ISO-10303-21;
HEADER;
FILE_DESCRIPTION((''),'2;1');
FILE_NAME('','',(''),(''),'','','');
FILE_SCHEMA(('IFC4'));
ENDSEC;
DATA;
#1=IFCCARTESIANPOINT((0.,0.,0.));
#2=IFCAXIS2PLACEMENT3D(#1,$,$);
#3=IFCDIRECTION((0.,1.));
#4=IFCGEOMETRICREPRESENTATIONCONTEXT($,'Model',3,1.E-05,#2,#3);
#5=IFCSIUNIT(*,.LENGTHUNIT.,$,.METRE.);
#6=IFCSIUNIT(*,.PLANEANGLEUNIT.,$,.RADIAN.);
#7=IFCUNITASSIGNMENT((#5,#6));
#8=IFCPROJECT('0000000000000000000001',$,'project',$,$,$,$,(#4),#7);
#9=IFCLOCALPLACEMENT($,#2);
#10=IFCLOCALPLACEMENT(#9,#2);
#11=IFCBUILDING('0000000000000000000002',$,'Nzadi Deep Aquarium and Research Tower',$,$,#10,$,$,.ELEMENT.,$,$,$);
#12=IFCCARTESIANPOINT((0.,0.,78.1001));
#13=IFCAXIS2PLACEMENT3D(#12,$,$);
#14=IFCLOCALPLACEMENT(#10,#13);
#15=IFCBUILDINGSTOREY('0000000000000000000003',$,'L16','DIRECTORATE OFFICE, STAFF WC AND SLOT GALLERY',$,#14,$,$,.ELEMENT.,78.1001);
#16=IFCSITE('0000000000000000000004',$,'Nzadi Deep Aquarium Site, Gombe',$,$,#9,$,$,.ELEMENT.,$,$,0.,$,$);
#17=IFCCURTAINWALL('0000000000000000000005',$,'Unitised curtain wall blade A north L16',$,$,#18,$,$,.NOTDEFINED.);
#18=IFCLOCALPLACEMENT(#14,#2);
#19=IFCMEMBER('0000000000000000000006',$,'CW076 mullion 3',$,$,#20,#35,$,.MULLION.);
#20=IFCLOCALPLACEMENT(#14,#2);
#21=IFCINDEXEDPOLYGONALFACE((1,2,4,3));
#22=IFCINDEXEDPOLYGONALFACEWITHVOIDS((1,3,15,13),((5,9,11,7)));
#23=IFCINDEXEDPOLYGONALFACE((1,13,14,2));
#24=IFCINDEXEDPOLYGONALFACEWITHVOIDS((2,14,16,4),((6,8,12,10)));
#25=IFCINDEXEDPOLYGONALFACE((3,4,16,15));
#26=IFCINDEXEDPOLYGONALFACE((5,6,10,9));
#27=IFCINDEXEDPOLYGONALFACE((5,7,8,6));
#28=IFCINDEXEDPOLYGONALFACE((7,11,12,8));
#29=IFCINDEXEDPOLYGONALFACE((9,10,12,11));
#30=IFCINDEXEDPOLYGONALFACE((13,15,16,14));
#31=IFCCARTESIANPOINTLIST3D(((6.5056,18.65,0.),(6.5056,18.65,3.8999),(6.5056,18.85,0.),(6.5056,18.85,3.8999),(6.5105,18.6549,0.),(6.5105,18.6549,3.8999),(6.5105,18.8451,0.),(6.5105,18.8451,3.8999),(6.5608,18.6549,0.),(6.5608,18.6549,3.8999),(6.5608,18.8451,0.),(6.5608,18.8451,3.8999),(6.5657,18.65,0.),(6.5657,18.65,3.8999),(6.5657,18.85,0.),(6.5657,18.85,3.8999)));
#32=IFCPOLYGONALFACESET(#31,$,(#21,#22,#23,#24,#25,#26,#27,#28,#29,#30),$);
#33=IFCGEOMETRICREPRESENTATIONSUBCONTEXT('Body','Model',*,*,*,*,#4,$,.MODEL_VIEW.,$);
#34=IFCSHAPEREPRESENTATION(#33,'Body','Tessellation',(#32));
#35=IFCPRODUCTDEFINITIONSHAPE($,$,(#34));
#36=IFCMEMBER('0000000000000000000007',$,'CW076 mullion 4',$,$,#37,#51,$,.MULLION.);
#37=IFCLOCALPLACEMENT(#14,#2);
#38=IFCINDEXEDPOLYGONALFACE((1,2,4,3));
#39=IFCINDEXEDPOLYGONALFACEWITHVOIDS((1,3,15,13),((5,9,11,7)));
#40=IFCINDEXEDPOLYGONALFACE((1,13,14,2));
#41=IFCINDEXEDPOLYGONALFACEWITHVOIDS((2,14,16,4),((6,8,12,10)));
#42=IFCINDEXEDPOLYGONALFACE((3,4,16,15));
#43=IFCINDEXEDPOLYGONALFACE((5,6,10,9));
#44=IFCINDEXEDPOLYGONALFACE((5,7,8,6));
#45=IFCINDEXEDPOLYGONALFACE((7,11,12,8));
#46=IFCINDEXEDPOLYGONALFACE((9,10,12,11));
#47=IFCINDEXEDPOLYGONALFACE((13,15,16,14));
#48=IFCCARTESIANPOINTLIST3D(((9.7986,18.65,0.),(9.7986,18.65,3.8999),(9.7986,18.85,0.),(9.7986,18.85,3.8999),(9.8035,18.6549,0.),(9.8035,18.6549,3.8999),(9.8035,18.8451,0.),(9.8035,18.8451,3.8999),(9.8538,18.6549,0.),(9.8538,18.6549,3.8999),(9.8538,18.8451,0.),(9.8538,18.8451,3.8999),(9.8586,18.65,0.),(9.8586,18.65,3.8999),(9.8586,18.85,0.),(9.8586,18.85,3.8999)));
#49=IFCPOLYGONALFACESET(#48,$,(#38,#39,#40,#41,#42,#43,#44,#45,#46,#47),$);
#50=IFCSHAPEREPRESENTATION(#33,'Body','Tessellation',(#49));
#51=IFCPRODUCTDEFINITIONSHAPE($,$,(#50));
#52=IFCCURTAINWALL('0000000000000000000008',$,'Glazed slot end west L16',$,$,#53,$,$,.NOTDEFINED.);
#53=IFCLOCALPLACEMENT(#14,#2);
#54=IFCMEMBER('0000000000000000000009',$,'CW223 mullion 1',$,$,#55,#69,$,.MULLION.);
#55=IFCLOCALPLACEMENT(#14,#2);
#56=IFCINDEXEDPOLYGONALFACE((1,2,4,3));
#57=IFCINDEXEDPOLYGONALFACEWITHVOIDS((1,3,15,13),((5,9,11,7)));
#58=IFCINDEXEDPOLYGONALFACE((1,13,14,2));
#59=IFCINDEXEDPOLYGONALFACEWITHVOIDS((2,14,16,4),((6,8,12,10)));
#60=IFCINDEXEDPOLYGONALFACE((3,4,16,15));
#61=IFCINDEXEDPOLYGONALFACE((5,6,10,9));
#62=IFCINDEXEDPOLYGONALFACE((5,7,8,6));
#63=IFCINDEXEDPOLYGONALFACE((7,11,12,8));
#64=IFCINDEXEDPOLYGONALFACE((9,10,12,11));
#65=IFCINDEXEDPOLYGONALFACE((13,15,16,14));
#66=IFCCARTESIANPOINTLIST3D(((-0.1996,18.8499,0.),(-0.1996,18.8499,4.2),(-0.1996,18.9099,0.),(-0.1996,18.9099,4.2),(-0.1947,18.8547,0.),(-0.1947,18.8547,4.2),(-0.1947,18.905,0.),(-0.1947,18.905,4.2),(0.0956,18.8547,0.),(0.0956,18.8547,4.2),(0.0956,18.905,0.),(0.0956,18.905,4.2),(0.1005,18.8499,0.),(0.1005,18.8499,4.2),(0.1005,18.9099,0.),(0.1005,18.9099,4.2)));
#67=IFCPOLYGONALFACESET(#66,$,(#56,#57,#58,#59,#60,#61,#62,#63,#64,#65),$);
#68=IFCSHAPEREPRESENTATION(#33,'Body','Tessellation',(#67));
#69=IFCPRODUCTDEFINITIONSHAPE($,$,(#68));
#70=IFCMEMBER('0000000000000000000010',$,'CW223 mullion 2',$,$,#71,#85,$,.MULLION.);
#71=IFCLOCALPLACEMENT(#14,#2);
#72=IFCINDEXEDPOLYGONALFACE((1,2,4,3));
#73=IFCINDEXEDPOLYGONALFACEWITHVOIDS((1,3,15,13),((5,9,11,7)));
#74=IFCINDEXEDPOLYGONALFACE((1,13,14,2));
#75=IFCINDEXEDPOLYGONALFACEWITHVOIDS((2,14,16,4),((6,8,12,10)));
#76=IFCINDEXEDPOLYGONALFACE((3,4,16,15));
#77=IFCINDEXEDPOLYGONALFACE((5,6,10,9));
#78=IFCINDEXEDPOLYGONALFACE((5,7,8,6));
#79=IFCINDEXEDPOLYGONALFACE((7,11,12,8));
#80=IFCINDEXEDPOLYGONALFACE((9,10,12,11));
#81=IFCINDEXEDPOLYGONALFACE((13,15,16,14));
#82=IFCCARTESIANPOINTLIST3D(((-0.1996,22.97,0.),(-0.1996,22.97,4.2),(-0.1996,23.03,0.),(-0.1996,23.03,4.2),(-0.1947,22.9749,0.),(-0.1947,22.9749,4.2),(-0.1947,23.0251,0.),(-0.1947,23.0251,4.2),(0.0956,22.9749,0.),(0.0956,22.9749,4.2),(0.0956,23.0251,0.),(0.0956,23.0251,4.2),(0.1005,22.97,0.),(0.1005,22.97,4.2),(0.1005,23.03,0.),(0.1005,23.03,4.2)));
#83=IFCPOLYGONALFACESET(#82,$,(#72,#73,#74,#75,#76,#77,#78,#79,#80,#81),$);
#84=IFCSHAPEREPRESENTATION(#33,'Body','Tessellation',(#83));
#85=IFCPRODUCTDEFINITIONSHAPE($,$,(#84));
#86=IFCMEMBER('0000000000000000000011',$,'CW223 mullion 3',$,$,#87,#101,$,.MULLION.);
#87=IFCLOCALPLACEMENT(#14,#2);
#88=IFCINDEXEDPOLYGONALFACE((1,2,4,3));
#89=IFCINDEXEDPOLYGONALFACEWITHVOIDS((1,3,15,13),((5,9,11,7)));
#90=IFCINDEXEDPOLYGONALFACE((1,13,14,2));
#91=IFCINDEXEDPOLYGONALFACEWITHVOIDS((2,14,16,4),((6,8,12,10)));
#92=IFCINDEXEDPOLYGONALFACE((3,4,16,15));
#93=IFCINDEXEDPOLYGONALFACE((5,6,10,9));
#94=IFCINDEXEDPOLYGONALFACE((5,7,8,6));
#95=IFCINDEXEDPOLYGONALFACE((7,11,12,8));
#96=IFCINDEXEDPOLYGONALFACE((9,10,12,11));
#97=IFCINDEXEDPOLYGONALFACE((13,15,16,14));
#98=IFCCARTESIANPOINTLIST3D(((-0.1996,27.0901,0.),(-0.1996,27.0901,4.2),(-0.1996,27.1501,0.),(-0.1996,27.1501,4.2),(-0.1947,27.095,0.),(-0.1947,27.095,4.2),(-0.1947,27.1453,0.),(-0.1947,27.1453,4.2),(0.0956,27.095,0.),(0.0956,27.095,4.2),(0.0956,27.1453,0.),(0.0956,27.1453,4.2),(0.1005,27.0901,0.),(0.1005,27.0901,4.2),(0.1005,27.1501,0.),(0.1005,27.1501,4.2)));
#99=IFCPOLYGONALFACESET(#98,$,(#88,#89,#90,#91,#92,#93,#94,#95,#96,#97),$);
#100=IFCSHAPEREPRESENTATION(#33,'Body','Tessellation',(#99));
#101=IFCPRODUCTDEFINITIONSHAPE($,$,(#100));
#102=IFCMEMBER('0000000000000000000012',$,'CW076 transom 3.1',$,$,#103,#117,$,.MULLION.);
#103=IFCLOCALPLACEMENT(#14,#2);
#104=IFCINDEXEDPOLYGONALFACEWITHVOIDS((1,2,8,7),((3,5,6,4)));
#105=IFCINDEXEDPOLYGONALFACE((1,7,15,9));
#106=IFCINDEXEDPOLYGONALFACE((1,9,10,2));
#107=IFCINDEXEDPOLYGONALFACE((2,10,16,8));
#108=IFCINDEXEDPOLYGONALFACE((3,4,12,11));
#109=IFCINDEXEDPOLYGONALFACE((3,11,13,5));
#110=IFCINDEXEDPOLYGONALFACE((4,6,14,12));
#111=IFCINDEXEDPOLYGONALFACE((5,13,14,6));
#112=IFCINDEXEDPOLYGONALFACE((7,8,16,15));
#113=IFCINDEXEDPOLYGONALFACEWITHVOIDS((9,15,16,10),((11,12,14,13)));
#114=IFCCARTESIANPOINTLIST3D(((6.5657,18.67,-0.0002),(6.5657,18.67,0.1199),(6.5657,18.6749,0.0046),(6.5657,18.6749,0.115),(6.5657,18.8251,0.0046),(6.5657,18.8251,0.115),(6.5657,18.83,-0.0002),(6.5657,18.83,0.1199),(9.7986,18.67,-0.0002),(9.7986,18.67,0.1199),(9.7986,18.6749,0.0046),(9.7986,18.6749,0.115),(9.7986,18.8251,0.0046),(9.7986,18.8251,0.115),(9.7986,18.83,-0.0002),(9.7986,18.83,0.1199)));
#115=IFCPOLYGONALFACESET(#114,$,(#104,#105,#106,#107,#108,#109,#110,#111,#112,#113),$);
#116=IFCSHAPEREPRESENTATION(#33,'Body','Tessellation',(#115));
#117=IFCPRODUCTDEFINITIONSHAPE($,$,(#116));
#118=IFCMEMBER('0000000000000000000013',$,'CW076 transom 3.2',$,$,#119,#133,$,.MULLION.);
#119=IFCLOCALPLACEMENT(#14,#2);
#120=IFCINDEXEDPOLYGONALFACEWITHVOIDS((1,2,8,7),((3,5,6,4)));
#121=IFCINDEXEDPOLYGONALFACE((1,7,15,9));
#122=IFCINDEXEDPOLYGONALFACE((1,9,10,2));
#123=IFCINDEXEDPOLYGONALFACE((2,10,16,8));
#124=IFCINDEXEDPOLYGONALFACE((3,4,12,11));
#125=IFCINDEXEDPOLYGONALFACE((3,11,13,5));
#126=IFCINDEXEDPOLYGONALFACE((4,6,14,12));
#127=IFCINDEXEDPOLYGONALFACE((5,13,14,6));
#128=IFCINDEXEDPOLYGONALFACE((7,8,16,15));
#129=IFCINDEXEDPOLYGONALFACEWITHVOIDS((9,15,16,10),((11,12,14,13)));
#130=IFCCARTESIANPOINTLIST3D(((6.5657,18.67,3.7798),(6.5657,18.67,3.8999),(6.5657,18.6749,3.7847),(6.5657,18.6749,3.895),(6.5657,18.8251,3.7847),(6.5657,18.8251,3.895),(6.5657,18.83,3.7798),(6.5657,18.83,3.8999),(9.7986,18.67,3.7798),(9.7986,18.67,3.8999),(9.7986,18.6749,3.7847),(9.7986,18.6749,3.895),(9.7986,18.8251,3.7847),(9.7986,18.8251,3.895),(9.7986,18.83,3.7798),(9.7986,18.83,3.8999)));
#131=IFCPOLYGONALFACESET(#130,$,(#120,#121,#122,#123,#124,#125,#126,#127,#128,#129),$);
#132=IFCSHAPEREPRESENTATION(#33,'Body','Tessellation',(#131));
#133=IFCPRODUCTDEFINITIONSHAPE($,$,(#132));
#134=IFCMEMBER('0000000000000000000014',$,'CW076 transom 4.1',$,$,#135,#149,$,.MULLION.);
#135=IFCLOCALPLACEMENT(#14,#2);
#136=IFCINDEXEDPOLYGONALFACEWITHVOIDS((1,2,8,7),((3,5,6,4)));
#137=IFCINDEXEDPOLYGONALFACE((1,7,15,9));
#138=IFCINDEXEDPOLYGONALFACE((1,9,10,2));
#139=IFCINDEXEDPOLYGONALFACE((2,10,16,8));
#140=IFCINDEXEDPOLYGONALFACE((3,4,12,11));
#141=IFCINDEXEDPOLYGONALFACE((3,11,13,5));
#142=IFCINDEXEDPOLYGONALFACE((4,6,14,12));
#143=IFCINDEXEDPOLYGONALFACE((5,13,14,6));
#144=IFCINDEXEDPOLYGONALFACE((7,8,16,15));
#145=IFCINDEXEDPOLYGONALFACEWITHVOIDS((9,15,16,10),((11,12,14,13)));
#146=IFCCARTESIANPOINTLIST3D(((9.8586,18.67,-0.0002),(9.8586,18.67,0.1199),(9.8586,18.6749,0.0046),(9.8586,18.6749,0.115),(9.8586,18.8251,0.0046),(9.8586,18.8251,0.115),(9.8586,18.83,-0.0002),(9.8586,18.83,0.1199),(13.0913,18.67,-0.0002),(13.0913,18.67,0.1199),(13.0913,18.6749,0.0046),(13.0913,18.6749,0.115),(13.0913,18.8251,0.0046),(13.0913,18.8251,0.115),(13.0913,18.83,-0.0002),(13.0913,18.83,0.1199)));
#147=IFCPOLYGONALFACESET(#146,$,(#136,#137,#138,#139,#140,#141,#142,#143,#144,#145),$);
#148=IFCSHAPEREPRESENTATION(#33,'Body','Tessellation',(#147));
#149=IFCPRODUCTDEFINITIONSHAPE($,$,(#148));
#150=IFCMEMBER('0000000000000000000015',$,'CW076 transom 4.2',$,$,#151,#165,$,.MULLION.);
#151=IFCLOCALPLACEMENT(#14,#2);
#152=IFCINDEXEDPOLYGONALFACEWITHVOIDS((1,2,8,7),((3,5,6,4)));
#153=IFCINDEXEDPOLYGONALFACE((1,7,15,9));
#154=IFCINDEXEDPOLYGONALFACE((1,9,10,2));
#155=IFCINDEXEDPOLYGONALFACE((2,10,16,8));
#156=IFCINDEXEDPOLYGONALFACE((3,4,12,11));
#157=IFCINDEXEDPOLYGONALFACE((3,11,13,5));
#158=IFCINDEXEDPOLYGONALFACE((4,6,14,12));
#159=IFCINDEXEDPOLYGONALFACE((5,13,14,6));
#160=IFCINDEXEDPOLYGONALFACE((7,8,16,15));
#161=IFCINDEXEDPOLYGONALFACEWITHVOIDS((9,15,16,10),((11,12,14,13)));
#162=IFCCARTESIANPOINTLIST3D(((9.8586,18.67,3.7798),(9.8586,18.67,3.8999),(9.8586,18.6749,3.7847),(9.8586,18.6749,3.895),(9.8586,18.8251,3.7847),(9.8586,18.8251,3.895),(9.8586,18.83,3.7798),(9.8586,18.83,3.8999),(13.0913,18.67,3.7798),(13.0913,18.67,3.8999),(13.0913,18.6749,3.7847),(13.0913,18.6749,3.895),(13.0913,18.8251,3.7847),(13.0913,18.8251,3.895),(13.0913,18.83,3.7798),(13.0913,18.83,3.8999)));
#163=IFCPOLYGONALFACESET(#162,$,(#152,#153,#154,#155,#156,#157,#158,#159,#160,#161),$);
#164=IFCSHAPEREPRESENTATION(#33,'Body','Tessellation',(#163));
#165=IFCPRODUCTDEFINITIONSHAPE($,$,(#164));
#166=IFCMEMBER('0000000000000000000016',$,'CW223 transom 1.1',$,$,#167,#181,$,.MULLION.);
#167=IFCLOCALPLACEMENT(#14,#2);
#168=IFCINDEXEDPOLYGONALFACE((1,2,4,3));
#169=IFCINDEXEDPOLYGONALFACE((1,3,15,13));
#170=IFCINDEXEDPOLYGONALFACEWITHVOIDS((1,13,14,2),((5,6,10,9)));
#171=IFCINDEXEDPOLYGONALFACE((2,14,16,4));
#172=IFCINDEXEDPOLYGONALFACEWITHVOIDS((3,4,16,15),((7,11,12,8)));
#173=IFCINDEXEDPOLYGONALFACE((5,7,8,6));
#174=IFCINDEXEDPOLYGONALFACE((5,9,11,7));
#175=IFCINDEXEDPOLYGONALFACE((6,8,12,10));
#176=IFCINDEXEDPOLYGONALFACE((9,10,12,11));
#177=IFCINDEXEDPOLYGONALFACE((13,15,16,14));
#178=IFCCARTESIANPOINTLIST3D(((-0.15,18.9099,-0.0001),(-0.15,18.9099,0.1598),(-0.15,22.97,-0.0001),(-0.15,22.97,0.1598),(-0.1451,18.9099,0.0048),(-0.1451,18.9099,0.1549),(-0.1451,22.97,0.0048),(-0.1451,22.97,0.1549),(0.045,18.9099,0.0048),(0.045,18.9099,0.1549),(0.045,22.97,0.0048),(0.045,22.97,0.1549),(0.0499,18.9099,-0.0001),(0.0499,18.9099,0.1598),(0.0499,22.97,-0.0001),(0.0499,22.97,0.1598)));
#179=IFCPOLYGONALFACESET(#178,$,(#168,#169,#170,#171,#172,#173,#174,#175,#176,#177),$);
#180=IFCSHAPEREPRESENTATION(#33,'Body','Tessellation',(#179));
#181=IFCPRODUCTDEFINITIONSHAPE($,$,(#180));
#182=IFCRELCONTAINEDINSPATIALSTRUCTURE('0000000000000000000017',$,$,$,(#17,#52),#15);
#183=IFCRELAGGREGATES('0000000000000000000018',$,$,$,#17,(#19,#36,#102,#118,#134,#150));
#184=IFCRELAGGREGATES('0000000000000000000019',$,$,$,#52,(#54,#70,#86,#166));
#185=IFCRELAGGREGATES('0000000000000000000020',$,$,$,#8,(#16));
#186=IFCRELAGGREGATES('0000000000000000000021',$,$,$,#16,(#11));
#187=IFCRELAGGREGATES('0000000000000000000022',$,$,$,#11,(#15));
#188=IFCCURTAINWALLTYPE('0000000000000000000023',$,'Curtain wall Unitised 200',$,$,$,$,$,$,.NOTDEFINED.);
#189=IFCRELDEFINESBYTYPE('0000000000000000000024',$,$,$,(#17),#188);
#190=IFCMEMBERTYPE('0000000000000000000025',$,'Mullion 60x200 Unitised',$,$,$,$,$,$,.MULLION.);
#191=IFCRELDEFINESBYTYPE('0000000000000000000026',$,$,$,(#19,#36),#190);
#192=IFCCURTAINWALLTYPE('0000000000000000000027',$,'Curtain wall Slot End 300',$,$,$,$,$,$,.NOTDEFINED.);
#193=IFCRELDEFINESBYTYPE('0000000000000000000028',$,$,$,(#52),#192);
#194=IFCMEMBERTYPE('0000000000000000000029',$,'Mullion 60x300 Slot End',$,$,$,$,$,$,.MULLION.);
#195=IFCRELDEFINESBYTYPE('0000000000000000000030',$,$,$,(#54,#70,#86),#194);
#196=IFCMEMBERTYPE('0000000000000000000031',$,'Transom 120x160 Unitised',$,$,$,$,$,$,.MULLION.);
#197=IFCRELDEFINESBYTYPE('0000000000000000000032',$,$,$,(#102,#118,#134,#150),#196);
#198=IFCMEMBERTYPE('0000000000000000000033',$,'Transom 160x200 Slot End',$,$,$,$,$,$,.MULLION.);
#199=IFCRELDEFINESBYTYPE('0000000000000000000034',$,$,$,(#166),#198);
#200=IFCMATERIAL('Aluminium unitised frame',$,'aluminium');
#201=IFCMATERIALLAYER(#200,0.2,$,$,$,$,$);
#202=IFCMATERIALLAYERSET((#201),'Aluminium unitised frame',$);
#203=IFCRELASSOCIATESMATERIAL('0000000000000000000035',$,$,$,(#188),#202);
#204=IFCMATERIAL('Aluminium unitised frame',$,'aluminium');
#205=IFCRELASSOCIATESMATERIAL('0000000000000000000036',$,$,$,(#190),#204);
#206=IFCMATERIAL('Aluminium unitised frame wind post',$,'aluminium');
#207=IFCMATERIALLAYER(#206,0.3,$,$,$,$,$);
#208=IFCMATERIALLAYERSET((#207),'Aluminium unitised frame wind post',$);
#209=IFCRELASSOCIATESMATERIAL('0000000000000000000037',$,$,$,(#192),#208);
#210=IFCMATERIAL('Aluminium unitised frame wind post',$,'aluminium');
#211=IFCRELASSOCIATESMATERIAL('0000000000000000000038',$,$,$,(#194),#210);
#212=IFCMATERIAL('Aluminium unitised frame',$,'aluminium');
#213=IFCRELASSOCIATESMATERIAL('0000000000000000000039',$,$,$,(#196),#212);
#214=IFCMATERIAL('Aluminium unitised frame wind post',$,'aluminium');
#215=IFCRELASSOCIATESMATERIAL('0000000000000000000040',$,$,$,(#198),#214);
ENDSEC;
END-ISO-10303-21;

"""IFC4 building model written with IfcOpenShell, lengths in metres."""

from ifc_helpers import new_model, si_unit, direction, frame, origin, origin_2d, place, context, subcontext, project, spatial, hollow_rectangle, extrude, material, layer, layer_set, material_profile, profile_set, type_object, element, aggregate, save


model = new_model("IFC4")

# Units and contexts
model_context = context("Model", 3, precision=1e-05, world=origin(), true_north=direction((0.0, 1.0)))
body_context = subcontext(model_context, "Body", "Model", "MODEL_VIEW")
ifc_project = project(units=[si_unit("LENGTHUNIT", "METRE"), si_unit("PLANEANGLEUNIT", "RADIAN")], contexts=[model_context])

# Site, building, storey
site_placement = place(None, origin())
site = spatial("IfcSite", under=ifc_project, at=site_placement, Name="Nzadi Deep Aquarium Site, Gombe", CompositionType="ELEMENT", RefElevation=0.0)
building_placement = place(site_placement, origin())
building = spatial("IfcBuilding", under=site, at=building_placement, Name="Nzadi Deep Aquarium and Research Tower", CompositionType="ELEMENT")
storey_placement = place(building_placement, frame((0.0, 0.0, 78.1001)))
storey = spatial("IfcBuildingStorey", under=building, at=storey_placement, Name="L16", Description="DIRECTORATE OFFICE, STAFF WC AND SLOT GALLERY", CompositionType="ELEMENT", Elevation=78.1001)

# Curtain walls, members
ifc_material_1 = material(Name="Aluminium unitised frame", Category="aluminium")
ifc_layer_1 = layer(ifc_material_1, 0.2)
ifc_layer_set_1 = layer_set([ifc_layer_1], Name="Aluminium unitised frame")
curtain_wall_type_1 = type_object("IfcCurtainWallType", Name="Curtain wall Unitised 200", PredefinedType="NOTDEFINED", material=ifc_layer_set_1)
curtain_wall_1_placement = place(storey_placement, origin())
curtain_wall_1 = element("IfcCurtainWall", 1, at=curtain_wall_1_placement, inside=storey, type_object=curtain_wall_type_1, Name="Unitised curtain wall blade A north L16", PredefinedType="NOTDEFINED")
ifc_material_2 = material(Name="Aluminium unitised frame", Category="aluminium")
ifc_material_profile_1 = material_profile(ifc_material_2, hollow_rectangle(XDim=0.2, YDim=0.0601, WallThickness=0.0049, at=origin_2d()))
ifc_profile_set_1 = profile_set([ifc_material_profile_1], Name="Aluminium unitised frame")
member_type_1 = type_object("IfcMemberType", Name="Mullion 60x200 Unitised", PredefinedType="MULLION", material=ifc_profile_set_1)
member_1_placement = place(storey_placement, frame((6.5356, 18.75, 0.0), z_axis=(0.0, 0.0, 1.0), x_axis=(0.0, 1.0, 0.0)))
member_1 = element("IfcMember", 2, at=member_1_placement, type_object=member_type_1, Name="CW076 mullion 3", PredefinedType="MULLION", context=body_context, shape_type="SweptSolid", body=[
    extrude(hollow_rectangle(XDim=0.2, YDim=0.0601, WallThickness=0.0049, at=origin_2d()), origin(), (0.0, 0.0, 1.0), 3.8999),
])
member_2_placement = place(storey_placement, frame((9.8286, 18.75, 0.0), z_axis=(0.0, 0.0, 1.0), x_axis=(0.0, 1.0, 0.0)))
member_2 = element("IfcMember", 3, at=member_2_placement, type_object=member_type_1, Name="CW076 mullion 4", PredefinedType="MULLION", context=body_context, shape_type="SweptSolid", body=[
    extrude(hollow_rectangle(XDim=0.2, YDim=0.0601, WallThickness=0.0049, at=origin_2d()), origin(), (0.0, 0.0, 1.0), 3.8999),
])
ifc_material_3 = material(Name="Aluminium unitised frame wind post", Category="aluminium")
ifc_layer_2 = layer(ifc_material_3, 0.3)
ifc_layer_set_2 = layer_set([ifc_layer_2], Name="Aluminium unitised frame wind post")
curtain_wall_type_2 = type_object("IfcCurtainWallType", Name="Curtain wall Slot End 300", PredefinedType="NOTDEFINED", material=ifc_layer_set_2)
curtain_wall_2_placement = place(storey_placement, origin())
curtain_wall_2 = element("IfcCurtainWall", 4, at=curtain_wall_2_placement, inside=storey, type_object=curtain_wall_type_2, Name="Glazed slot end west L16", PredefinedType="NOTDEFINED")
ifc_material_4 = material(Name="Aluminium unitised frame wind post", Category="aluminium")
ifc_material_profile_2 = material_profile(ifc_material_4, hollow_rectangle(XDim=0.3, YDim=0.0601, WallThickness=0.0049, at=origin_2d()))
ifc_profile_set_2 = profile_set([ifc_material_profile_2], Name="Aluminium unitised frame wind post")
member_type_2 = type_object("IfcMemberType", Name="Mullion 60x300 Slot End", PredefinedType="MULLION", material=ifc_profile_set_2)
member_3_placement = place(storey_placement, frame((-0.0496, 18.8799, 0.0), z_axis=(0.0, 0.0, 1.0), x_axis=(-1.0, 0.0, 0.0)))
member_3 = element("IfcMember", 5, at=member_3_placement, type_object=member_type_2, Name="CW223 mullion 1", PredefinedType="MULLION", context=body_context, shape_type="SweptSolid", body=[
    extrude(hollow_rectangle(XDim=0.3, YDim=0.0601, WallThickness=0.0049, at=origin_2d()), origin(), (0.0, 0.0, 1.0), 4.2),
])
member_4_placement = place(storey_placement, frame((-0.0496, 23.0, 0.0), z_axis=(0.0, 0.0, 1.0), x_axis=(-1.0, 0.0, 0.0)))
member_4 = element("IfcMember", 6, at=member_4_placement, type_object=member_type_2, Name="CW223 mullion 2", PredefinedType="MULLION", context=body_context, shape_type="SweptSolid", body=[
    extrude(hollow_rectangle(XDim=0.3, YDim=0.0601, WallThickness=0.0049, at=origin_2d()), origin(), (0.0, 0.0, 1.0), 4.2),
])
member_5_placement = place(storey_placement, frame((-0.0496, 27.1201, 0.0), z_axis=(0.0, 0.0, 1.0), x_axis=(-1.0, 0.0, 0.0)))
member_5 = element("IfcMember", 7, at=member_5_placement, type_object=member_type_2, Name="CW223 mullion 3", PredefinedType="MULLION", context=body_context, shape_type="SweptSolid", body=[
    extrude(hollow_rectangle(XDim=0.3, YDim=0.0601, WallThickness=0.0049, at=origin_2d()), origin(), (0.0, 0.0, 1.0), 4.2),
])

# Members
ifc_material_5 = material(Name="Aluminium unitised frame", Category="aluminium")
ifc_material_profile_3 = material_profile(ifc_material_5, hollow_rectangle(XDim=0.1599, YDim=0.1201, WallThickness=0.0049, at=origin_2d()))
ifc_profile_set_3 = profile_set([ifc_material_profile_3], Name="Aluminium unitised frame")
member_type_3 = type_object("IfcMemberType", Name="Transom 120x160 Unitised", PredefinedType="MULLION", material=ifc_profile_set_3)
member_6_placement = place(storey_placement, frame((6.5657, 18.75, 0.0598), z_axis=(1.0, 0.0, 0.0), x_axis=(0.0, 1.0, 0.0)))
member_6 = element("IfcMember", 8, at=member_6_placement, type_object=member_type_3, Name="CW076 transom 3.1", PredefinedType="MULLION", context=body_context, shape_type="SweptSolid", body=[
    extrude(hollow_rectangle(XDim=0.1599, YDim=0.1201, WallThickness=0.0049, at=origin_2d()), origin(), (0.0, 0.0, 1.0), 3.2329),
])
member_7_placement = place(storey_placement, frame((6.5657, 18.75, 3.8398), z_axis=(1.0, 0.0, 0.0), x_axis=(0.0, 1.0, 0.0)))
member_7 = element("IfcMember", 9, at=member_7_placement, type_object=member_type_3, Name="CW076 transom 3.2", PredefinedType="MULLION", context=body_context, shape_type="SweptSolid", body=[
    extrude(hollow_rectangle(XDim=0.1599, YDim=0.1201, WallThickness=0.0049, at=origin_2d()), origin(), (0.0, 0.0, 1.0), 3.2329),
])
member_8_placement = place(storey_placement, frame((9.8586, 18.75, 0.0598), z_axis=(1.0, 0.0, 0.0), x_axis=(0.0, 1.0, 0.0)))
member_8 = element("IfcMember", 10, at=member_8_placement, type_object=member_type_3, Name="CW076 transom 4.1", PredefinedType="MULLION", context=body_context, shape_type="SweptSolid", body=[
    extrude(hollow_rectangle(XDim=0.1599, YDim=0.1201, WallThickness=0.0049, at=origin_2d()), origin(), (0.0, 0.0, 1.0), 3.2327),
])
member_9_placement = place(storey_placement, frame((9.8586, 18.75, 3.8398), z_axis=(1.0, 0.0, 0.0), x_axis=(0.0, 1.0, 0.0)))
member_9 = element("IfcMember", 11, at=member_9_placement, type_object=member_type_3, Name="CW076 transom 4.2", PredefinedType="MULLION", context=body_context, shape_type="SweptSolid", body=[
    extrude(hollow_rectangle(XDim=0.1599, YDim=0.1201, WallThickness=0.0049, at=origin_2d()), origin(), (0.0, 0.0, 1.0), 3.2327),
])
ifc_material_6 = material(Name="Aluminium unitised frame wind post", Category="aluminium")
ifc_material_profile_4 = material_profile(ifc_material_6, hollow_rectangle(XDim=0.2, YDim=0.1599, WallThickness=0.0049, at=origin_2d()))
ifc_profile_set_4 = profile_set([ifc_material_profile_4], Name="Aluminium unitised frame wind post")
member_type_4 = type_object("IfcMemberType", Name="Transom 160x200 Slot End", PredefinedType="MULLION", material=ifc_profile_set_4)
member_10_placement = place(storey_placement, frame((-0.05, 18.9099, 0.0798), z_axis=(0.0, 1.0, 0.0), x_axis=(-1.0, 0.0, 0.0)))
member_10 = element("IfcMember", 12, at=member_10_placement, type_object=member_type_4, Name="CW223 transom 1.1", PredefinedType="MULLION", context=body_context, shape_type="SweptSolid", body=[
    extrude(hollow_rectangle(XDim=0.2, YDim=0.1599, WallThickness=0.0049, at=origin_2d()), origin(), (0.0, 0.0, 1.0), 4.0601),
])

aggregate(curtain_wall_1, [member_1, member_2, member_6, member_7, member_8, member_9])
aggregate(curtain_wall_2, [member_3, member_4, member_5, member_10])

save(model, "model.ifc")
